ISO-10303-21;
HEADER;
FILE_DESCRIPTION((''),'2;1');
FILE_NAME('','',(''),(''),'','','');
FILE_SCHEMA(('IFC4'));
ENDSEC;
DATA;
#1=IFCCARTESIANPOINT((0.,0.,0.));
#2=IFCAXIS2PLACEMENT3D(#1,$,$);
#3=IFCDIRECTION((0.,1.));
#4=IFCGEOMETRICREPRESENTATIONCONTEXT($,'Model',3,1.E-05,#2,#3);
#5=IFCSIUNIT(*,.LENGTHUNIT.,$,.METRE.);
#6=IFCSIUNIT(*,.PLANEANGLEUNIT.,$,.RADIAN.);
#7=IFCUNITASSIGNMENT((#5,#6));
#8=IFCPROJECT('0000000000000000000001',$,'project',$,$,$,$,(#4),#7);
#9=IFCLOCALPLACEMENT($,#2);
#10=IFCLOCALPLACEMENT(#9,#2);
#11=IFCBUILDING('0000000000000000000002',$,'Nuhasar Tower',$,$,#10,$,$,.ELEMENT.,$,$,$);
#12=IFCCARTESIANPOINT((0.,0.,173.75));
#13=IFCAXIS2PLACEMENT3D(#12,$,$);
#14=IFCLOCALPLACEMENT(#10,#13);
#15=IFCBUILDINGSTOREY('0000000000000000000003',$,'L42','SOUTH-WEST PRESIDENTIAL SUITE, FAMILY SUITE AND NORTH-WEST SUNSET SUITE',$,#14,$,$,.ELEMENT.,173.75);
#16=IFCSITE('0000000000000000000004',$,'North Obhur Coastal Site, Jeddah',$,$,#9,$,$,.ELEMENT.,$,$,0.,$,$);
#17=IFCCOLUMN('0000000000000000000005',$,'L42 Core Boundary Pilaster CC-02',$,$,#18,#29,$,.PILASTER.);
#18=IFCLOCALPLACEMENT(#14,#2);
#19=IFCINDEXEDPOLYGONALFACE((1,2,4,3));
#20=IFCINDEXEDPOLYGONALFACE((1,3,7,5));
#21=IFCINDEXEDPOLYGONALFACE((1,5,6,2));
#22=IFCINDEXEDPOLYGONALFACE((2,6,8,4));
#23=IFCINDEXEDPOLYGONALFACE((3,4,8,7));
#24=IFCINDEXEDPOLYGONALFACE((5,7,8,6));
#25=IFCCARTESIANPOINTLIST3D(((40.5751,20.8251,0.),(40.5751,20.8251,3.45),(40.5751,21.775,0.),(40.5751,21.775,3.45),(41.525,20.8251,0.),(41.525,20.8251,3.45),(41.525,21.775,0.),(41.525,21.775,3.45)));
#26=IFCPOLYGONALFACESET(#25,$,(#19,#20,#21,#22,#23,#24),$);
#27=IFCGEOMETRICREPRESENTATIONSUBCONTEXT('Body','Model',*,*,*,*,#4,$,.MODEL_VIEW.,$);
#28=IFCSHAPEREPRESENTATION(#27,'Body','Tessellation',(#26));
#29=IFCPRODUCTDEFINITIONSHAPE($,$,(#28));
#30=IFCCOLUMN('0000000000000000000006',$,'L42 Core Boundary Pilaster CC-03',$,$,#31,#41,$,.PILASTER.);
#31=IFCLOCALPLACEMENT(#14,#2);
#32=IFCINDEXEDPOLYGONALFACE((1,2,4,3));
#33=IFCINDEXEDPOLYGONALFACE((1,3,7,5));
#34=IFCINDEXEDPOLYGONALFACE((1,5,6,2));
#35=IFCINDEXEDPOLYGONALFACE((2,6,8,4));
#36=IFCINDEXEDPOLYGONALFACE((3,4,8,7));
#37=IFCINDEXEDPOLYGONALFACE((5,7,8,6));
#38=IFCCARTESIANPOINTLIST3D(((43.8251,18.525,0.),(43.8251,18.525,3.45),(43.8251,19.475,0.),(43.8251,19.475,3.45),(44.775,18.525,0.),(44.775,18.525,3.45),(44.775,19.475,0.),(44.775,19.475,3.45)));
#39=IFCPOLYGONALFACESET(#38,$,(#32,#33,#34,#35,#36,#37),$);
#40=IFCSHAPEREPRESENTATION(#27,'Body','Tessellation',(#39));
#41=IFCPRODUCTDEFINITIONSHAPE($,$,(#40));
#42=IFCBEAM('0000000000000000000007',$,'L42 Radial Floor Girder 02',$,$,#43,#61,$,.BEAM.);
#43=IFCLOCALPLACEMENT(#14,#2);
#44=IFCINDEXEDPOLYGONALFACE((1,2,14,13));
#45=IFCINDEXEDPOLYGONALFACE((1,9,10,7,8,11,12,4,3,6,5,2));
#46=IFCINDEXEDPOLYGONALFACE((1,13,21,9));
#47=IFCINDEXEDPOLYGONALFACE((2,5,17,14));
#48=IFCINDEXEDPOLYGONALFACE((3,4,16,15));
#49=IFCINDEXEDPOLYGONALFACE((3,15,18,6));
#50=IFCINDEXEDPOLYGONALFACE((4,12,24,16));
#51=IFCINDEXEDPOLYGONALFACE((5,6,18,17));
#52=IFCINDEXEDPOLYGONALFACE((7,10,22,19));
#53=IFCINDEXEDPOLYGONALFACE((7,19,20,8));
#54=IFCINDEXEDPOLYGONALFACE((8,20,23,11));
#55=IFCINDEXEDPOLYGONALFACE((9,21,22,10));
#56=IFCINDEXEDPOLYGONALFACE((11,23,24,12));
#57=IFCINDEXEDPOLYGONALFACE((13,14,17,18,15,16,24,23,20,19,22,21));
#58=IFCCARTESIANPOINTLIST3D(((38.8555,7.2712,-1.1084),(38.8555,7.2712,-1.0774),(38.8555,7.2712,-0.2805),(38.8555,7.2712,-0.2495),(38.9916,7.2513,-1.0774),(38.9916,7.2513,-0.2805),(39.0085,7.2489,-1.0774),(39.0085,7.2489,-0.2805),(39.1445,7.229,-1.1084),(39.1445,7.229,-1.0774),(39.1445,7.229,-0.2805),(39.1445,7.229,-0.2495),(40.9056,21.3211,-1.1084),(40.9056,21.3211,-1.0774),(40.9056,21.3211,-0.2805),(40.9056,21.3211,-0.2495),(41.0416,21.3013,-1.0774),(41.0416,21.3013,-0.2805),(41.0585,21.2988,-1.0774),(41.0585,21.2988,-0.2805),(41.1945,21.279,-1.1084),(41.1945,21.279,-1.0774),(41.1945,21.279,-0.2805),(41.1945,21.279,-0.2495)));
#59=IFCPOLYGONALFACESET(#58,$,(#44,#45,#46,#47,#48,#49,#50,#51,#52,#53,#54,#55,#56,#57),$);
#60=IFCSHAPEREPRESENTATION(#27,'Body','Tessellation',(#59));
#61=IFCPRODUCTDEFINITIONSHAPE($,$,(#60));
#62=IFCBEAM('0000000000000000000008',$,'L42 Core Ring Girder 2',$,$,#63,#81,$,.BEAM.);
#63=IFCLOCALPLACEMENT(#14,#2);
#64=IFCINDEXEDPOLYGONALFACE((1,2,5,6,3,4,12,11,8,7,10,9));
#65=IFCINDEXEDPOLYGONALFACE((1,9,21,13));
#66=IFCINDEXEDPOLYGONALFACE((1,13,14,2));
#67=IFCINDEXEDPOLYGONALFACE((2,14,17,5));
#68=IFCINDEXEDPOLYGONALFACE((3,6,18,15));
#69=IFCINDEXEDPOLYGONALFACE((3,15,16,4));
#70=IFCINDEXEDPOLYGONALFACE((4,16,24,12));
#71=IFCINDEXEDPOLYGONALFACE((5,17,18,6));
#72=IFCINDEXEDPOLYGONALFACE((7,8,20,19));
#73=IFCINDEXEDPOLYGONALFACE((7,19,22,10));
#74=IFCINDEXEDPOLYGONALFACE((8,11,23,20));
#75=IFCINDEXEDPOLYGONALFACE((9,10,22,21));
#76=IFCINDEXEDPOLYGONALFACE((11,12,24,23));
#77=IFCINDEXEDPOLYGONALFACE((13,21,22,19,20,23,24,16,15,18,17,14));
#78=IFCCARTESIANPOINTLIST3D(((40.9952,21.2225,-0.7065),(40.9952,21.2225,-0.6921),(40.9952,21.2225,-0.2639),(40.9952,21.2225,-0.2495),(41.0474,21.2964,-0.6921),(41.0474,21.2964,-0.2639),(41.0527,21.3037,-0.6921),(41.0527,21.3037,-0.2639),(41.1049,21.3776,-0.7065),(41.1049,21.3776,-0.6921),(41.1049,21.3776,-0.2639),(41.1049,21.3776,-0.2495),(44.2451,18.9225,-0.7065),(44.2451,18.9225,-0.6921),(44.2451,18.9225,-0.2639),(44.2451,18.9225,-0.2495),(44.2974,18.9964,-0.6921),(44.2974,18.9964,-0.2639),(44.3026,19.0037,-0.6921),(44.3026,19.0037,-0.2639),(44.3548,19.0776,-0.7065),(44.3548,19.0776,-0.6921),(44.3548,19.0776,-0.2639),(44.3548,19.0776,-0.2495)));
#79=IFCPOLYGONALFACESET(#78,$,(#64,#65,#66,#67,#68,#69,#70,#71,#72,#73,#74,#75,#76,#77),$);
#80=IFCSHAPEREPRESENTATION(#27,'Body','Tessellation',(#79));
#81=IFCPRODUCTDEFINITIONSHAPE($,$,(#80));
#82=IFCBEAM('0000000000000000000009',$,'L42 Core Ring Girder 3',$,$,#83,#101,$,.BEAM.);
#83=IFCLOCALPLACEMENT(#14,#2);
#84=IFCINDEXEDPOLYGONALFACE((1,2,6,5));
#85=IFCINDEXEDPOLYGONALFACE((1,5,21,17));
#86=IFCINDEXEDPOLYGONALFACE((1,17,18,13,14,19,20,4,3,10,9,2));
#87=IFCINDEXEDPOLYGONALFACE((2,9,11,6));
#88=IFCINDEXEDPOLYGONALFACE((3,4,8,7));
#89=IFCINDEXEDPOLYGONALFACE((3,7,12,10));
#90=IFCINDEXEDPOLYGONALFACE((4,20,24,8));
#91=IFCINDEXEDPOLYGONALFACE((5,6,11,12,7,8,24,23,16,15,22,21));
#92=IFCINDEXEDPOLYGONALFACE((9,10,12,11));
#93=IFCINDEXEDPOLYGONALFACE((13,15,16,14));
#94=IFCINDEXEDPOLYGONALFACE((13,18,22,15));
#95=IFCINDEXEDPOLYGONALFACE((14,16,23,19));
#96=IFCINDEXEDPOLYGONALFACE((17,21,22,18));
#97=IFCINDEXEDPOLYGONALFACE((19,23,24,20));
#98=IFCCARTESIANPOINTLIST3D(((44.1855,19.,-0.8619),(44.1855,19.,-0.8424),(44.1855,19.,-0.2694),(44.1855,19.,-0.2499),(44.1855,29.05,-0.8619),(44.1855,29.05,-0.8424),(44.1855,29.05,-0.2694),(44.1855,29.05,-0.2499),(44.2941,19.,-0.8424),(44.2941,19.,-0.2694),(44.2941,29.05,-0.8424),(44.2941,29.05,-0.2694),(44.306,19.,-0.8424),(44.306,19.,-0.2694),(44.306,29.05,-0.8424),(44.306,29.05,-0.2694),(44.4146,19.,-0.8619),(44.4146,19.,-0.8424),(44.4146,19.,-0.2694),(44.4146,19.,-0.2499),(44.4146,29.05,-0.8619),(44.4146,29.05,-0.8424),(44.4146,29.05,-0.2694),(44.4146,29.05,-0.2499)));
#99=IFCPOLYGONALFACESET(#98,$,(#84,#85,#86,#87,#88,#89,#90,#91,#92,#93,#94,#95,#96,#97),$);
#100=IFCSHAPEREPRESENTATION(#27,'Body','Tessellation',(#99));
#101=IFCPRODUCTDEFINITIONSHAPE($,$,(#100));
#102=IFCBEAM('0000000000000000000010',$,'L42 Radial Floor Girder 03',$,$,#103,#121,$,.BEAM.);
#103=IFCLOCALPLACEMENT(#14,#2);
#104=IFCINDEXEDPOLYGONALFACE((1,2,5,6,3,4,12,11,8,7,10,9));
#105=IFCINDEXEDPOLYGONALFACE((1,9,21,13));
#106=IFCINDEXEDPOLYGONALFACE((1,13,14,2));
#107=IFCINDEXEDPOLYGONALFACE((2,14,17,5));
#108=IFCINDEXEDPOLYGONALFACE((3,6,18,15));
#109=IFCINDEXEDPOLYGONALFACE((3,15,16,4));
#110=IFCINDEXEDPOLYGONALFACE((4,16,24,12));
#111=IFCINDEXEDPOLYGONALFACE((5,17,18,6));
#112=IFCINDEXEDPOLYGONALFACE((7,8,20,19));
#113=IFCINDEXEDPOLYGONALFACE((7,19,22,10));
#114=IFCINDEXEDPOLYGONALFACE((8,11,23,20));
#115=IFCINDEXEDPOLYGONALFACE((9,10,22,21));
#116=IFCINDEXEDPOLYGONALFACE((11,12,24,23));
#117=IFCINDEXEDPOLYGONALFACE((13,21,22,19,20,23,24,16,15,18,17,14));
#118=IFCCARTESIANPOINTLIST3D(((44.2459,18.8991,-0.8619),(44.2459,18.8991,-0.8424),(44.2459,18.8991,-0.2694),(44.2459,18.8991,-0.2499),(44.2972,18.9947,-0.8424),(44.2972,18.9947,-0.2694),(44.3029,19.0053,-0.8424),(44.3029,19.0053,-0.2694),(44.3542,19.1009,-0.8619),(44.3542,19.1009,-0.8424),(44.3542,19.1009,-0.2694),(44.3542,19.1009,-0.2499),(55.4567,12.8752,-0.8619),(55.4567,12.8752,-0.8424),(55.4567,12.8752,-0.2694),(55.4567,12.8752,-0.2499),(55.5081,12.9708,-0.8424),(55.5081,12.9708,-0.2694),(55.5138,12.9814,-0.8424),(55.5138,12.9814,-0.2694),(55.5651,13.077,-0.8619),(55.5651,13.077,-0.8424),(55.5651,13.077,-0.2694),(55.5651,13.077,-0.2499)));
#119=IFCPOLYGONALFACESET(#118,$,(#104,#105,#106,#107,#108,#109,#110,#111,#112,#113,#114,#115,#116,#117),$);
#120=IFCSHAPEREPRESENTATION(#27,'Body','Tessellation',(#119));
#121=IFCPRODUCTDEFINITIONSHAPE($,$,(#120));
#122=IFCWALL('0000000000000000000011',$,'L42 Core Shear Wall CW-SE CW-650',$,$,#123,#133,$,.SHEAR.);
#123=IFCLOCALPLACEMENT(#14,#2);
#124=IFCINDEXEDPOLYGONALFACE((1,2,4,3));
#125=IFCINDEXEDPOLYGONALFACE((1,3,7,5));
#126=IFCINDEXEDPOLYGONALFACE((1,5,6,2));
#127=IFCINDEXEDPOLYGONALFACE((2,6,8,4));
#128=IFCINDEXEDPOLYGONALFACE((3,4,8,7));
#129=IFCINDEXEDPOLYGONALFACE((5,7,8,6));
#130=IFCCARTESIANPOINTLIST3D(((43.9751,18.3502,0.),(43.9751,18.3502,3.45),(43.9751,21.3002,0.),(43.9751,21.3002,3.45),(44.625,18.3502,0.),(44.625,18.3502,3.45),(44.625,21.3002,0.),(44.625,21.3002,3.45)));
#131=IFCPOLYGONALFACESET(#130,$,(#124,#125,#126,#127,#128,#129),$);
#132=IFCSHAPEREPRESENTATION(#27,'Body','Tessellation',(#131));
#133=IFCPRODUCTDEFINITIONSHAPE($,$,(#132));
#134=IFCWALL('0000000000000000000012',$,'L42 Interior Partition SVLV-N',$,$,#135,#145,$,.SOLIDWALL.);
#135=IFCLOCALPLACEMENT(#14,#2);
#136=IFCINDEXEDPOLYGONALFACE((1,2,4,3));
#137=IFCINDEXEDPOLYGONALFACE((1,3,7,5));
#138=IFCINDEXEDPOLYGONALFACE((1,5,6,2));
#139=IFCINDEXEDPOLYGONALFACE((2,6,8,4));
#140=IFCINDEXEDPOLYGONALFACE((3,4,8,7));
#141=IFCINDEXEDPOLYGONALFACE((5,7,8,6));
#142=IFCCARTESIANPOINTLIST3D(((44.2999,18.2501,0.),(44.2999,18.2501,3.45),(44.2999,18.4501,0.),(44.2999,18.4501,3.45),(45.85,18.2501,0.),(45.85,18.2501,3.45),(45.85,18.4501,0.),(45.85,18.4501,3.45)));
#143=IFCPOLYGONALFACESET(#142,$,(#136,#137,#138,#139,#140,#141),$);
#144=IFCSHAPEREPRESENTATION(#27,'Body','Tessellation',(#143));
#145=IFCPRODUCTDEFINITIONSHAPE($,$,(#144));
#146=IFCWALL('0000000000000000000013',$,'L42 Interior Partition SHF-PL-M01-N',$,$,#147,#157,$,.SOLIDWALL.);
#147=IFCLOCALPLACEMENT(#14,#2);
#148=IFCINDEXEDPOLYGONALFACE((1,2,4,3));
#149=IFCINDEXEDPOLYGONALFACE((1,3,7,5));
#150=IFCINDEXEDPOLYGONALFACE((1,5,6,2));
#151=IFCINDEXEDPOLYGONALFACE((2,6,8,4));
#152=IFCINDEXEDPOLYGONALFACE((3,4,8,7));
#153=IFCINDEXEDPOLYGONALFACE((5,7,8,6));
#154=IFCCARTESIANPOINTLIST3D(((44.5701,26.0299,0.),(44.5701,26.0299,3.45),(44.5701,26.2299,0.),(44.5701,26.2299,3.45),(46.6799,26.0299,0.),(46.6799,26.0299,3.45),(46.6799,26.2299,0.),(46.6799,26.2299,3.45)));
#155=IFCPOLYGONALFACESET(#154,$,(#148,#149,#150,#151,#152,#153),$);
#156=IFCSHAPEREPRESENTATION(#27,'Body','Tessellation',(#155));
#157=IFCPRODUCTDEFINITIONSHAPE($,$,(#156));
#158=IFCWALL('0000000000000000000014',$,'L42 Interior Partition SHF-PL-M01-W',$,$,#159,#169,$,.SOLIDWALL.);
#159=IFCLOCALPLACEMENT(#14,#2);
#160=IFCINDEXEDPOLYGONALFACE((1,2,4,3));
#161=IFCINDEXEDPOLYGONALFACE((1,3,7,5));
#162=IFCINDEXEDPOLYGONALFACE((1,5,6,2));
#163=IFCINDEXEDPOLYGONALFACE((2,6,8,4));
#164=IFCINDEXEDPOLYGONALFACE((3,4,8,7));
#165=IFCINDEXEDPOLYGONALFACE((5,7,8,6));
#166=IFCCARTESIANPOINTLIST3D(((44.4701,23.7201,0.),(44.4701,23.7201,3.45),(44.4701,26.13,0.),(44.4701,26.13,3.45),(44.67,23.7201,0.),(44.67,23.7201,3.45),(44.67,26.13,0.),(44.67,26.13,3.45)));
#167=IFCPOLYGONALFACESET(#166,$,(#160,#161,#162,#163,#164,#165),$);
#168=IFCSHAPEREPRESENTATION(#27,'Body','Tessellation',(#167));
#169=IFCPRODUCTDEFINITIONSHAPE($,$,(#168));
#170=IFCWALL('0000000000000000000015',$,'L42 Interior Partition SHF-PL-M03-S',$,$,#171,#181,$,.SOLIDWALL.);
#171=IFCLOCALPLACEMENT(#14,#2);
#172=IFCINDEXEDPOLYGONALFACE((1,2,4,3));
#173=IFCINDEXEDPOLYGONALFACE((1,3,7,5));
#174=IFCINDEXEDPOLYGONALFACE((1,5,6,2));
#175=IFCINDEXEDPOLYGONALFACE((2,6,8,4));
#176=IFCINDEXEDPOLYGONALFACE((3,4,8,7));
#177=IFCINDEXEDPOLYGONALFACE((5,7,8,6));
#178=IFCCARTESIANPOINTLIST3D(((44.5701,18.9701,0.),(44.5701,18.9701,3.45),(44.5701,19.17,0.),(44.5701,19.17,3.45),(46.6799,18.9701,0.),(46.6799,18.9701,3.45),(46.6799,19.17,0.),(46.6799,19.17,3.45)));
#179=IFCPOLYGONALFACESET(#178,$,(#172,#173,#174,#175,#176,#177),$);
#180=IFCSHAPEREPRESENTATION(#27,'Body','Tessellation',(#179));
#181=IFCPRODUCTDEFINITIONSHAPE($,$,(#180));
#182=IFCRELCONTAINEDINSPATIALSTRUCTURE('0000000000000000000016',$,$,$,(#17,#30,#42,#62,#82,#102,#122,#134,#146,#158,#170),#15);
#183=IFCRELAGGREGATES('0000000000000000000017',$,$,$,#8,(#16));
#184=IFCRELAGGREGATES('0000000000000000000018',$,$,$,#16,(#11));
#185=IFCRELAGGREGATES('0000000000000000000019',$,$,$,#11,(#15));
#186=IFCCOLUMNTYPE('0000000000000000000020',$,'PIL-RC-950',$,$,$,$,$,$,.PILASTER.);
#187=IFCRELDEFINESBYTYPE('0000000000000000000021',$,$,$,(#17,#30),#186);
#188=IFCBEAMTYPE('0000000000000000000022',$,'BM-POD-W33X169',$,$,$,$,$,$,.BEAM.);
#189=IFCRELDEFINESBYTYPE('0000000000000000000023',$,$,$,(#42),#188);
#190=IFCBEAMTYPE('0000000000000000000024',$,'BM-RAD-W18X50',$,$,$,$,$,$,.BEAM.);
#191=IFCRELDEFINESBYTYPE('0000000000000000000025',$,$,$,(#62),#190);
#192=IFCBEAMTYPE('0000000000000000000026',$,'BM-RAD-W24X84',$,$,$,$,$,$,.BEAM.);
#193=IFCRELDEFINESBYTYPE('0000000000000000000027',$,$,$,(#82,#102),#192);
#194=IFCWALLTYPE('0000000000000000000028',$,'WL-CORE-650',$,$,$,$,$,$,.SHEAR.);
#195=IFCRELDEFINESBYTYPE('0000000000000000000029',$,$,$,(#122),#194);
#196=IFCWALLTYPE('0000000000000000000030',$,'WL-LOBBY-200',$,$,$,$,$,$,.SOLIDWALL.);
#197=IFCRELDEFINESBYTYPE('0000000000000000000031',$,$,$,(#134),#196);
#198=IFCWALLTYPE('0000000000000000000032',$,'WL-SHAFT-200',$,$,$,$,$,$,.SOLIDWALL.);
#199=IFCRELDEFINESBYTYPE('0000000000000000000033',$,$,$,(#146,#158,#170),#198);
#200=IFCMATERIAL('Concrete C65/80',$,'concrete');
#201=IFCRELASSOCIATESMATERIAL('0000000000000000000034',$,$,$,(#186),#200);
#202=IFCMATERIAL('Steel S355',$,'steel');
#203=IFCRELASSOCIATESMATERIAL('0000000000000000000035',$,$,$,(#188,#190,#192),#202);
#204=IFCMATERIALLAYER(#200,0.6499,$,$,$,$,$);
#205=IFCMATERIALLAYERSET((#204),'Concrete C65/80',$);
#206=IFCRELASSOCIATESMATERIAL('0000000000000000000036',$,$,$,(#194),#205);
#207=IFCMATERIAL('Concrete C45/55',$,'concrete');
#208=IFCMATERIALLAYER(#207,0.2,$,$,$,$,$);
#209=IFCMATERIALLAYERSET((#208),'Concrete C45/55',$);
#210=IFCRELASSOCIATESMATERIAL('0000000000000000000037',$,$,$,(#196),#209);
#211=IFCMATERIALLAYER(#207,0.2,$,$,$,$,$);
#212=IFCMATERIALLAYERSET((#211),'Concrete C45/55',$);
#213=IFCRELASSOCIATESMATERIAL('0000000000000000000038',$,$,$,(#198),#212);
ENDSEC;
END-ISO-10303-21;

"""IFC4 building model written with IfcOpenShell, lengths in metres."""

from ifc_helpers import new_model, si_unit, direction, frame, frame_2d, origin, origin_2d, place, context, subcontext, project, spatial, rectangle, i_section, extrude, material, layer, layer_set, material_profile, profile_set, type_object, element, save


model = new_model("IFC4")

# Units and contexts
model_context = context("Model", 3, precision=1e-05, world=origin(), true_north=direction((0.0, 1.0)))
body_context = subcontext(model_context, "Body", "Model", "MODEL_VIEW")
ifc_project = project(units=[si_unit("LENGTHUNIT", "METRE"), si_unit("PLANEANGLEUNIT", "RADIAN")], contexts=[model_context])

# Site, building, storey
site_placement = place(None, origin())
site = spatial("IfcSite", under=ifc_project, at=site_placement, Name="North Obhur Coastal Site, Jeddah", CompositionType="ELEMENT", RefElevation=0.0)
building_placement = place(site_placement, origin())
building = spatial("IfcBuilding", under=site, at=building_placement, Name="Nuhasar Tower", CompositionType="ELEMENT")
storey_placement = place(building_placement, frame((0.0, 0.0, 173.75)))
storey = spatial("IfcBuildingStorey", under=building, at=storey_placement, Name="L42", Description="SOUTH-WEST PRESIDENTIAL SUITE, FAMILY SUITE AND NORTH-WEST SUNSET SUITE", CompositionType="ELEMENT", Elevation=173.75)

# Columns
ifc_material_1 = material(Name="Concrete C65/80", Category="concrete")
ifc_material_profile_1 = material_profile(ifc_material_1, rectangle(XDim=0.95, YDim=0.95, at=origin_2d()), Name="RC950X950")
ifc_profile_set_1 = profile_set([ifc_material_profile_1], Name="Concrete C65/80")
column_type = type_object("IfcColumnType", Name="PIL-RC-950", PredefinedType="PILASTER", material=ifc_profile_set_1)
for number, where, z_axis, x_axis, name in (
    (1, (41.05, 21.3, 0.0), (0.0, 0.0, 1.0), (1.0, 0.0, 0.0), "L42 Core Boundary Pilaster CC-02"),
    (2, (44.3, 19.0, 0.0), (0.0, 0.0, 1.0), (1.0, 0.0, 0.0), "L42 Core Boundary Pilaster CC-03"),
):
    element("IfcColumn", number, at=place(storey_placement, frame(where, z_axis=z_axis, x_axis=x_axis)), inside=storey, type_object=column_type, Name=name, PredefinedType="PILASTER", context=body_context, shape_type="SweptSolid", body=[
        extrude(rectangle(XDim=0.95, YDim=0.95, at=origin_2d()), origin(), (0.0, 0.0, 1.0), 3.45),
    ])

# Beams
ifc_material_2 = material(Name="Steel S355", Category="steel")
ifc_material_profile_2 = material_profile(ifc_material_2, i_section(OverallWidth=0.292, OverallDepth=0.8589, WebThickness=0.0171, FlangeThickness=0.031, at=origin_2d()), Name="W33X169")
ifc_profile_set_2 = profile_set([ifc_material_profile_2], Name="Steel S355")
beam_type_1 = type_object("IfcBeamType", Name="BM-POD-W33X169", PredefinedType="BEAM", material=ifc_profile_set_2)
beam_1_placement = place(storey_placement, frame((41.05, 21.3, -0.679), z_axis=(-0.144382, -0.989522, 0.0), x_axis=(0.989522, -0.144382, 0.0)))
element("IfcBeam", 3, at=beam_1_placement, inside=storey, type_object=beam_type_1, Name="L42 Radial Floor Girder 02", PredefinedType="BEAM", context=body_context, shape_type="SweptSolid", body=[
    extrude(i_section(OverallWidth=0.292, OverallDepth=0.8589, WebThickness=0.0171, FlangeThickness=0.031, at=origin_2d()), origin(), (0.0, 0.0, 1.0), 14.1987),
])
ifc_material_profile_3 = material_profile(ifc_material_2, i_section(OverallWidth=0.1899, OverallDepth=0.457, WebThickness=0.009, FlangeThickness=0.0144, at=origin_2d()), Name="W18X50")
ifc_profile_set_3 = profile_set([ifc_material_profile_3], Name="Steel S355")
beam_type_2 = type_object("IfcBeamType", Name="BM-RAD-W18X50", PredefinedType="BEAM", material=ifc_profile_set_3)
beam_2_placement = place(storey_placement, frame((41.05, 21.3, -0.478), z_axis=(0.816265, -0.577677, 0.0), x_axis=(0.577677, 0.816265, 0.0)))
element("IfcBeam", 4, at=beam_2_placement, inside=storey, type_object=beam_type_2, Name="L42 Core Ring Girder 2", PredefinedType="BEAM", context=body_context, shape_type="SweptSolid", body=[
    extrude(i_section(OverallWidth=0.1899, OverallDepth=0.457, WebThickness=0.009, FlangeThickness=0.0144, at=origin_2d()), origin(), (0.0, 0.0, 1.0), 3.9814),
])
ifc_material_profile_4 = material_profile(ifc_material_2, i_section(OverallWidth=0.229, OverallDepth=0.6121, WebThickness=0.012, FlangeThickness=0.0195, at=origin_2d()), Name="W24X84")
ifc_profile_set_4 = profile_set([ifc_material_profile_4], Name="Steel S355")
beam_type_3 = type_object("IfcBeamType", Name="BM-RAD-W24X84", PredefinedType="BEAM", material=ifc_profile_set_4)
beam_3_placement = place(storey_placement, frame((44.3, 19.0, -0.5559), z_axis=(0.0, 1.0, 0.0), x_axis=(-1.0, 0.0, 0.0)))
element("IfcBeam", 5, at=beam_3_placement, inside=storey, type_object=beam_type_3, Name="L42 Core Ring Girder 3", PredefinedType="BEAM", context=body_context, shape_type="SweptSolid", body=[
    extrude(i_section(OverallWidth=0.229, OverallDepth=0.6121, WebThickness=0.012, FlangeThickness=0.0195, at=origin_2d()), origin(), (0.0, 0.0, 1.0), 10.05),
])
beam_4_placement = place(storey_placement, frame((44.3, 19.0, -0.5559), z_axis=(0.880888, -0.473324, 0.0), x_axis=(0.473324, 0.880888, 0.0)))
element("IfcBeam", 6, at=beam_4_placement, inside=storey, type_object=beam_type_3, Name="L42 Radial Floor Girder 03", PredefinedType="BEAM", context=body_context, shape_type="SweptSolid", body=[
    extrude(i_section(OverallWidth=0.229, OverallDepth=0.6121, WebThickness=0.012, FlangeThickness=0.0195, at=origin_2d()), origin(), (0.0, 0.0, 1.0), 12.7268),
])

# Wall
ifc_layer_1 = layer(ifc_material_1, 0.6499)
ifc_layer_set_1 = layer_set([ifc_layer_1], Name="Concrete C65/80")
wall_type_1 = type_object("IfcWallType", Name="WL-CORE-650", PredefinedType="SHEAR", material=ifc_layer_set_1)
wall_1_placement = place(storey_placement, frame((44.3, 18.3501, 0.0), z_axis=(0.0, 0.0, 1.0), x_axis=(0.0, 1.0, 0.0)))
element("IfcWall", 7, at=wall_1_placement, inside=storey, type_object=wall_type_1, Name="L42 Core Shear Wall CW-SE CW-650", PredefinedType="SHEAR", context=body_context, shape_type="SweptSolid", body=[
    extrude(rectangle(XDim=2.95, YDim=0.6499, at=frame_2d((1.4751, 0.0))), origin(), (0.0, 0.0, 1.0), 3.45),
])

# Shared definitions
ifc_material_3 = material(Name="Concrete C45/55", Category="concrete")
ifc_layer_2 = layer(ifc_material_3, 0.2)
ifc_layer_set_2 = layer_set([ifc_layer_2], Name="Concrete C45/55")
wall_type_2 = type_object("IfcWallType", Name="WL-LOBBY-200", PredefinedType="SOLIDWALL", material=ifc_layer_set_2)

# Wall
wall_2_placement = place(storey_placement, frame((44.3, 18.3501, 0.0), z_axis=(0.0, 0.0, 1.0), x_axis=(1.0, 0.0, 0.0)))
element("IfcWall", 8, at=wall_2_placement, inside=storey, type_object=wall_type_2, Name="L42 Interior Partition SVLV-N", PredefinedType="SOLIDWALL", context=body_context, shape_type="SweptSolid", body=[
    extrude(rectangle(XDim=1.55, YDim=0.2, at=frame_2d((0.7749, 0.0))), origin(), (0.0, 0.0, 1.0), 3.45),
])

# Shared definitions
ifc_layer_3 = layer(ifc_material_3, 0.2)
ifc_layer_set_3 = layer_set([ifc_layer_3], Name="Concrete C45/55")
wall_type_3 = type_object("IfcWallType", Name="WL-SHAFT-200", PredefinedType="SOLIDWALL", material=ifc_layer_set_3)

# Walls
wall_3_placement = place(storey_placement, frame((44.5701, 26.1299, 0.0), z_axis=(0.0, 0.0, 1.0), x_axis=(1.0, 0.0, 0.0)))
element("IfcWall", 9, at=wall_3_placement, inside=storey, type_object=wall_type_3, Name="L42 Interior Partition SHF-PL-M01-N", PredefinedType="SOLIDWALL", context=body_context, shape_type="SweptSolid", body=[
    extrude(rectangle(XDim=2.1099, YDim=0.2, at=frame_2d((1.0549, 0.0))), origin(), (0.0, 0.0, 1.0), 3.45),
])
wall_4_placement = place(storey_placement, frame((44.5701, 23.72, 0.0), z_axis=(0.0, 0.0, 1.0), x_axis=(0.0, 1.0, 0.0)))
element("IfcWall", 10, at=wall_4_placement, inside=storey, type_object=wall_type_3, Name="L42 Interior Partition SHF-PL-M01-W", PredefinedType="SOLIDWALL", context=body_context, shape_type="SweptSolid", body=[
    extrude(rectangle(XDim=2.4099, YDim=0.2, at=frame_2d((1.2051, 0.0))), origin(), (0.0, 0.0, 1.0), 3.45),
])
wall_5_placement = place(storey_placement, frame((44.5701, 19.0701, 0.0), z_axis=(0.0, 0.0, 1.0), x_axis=(1.0, 0.0, 0.0)))
element("IfcWall", 11, at=wall_5_placement, inside=storey, type_object=wall_type_3, Name="L42 Interior Partition SHF-PL-M03-S", PredefinedType="SOLIDWALL", context=body_context, shape_type="SweptSolid", body=[
    extrude(rectangle(XDim=2.1099, YDim=0.2, at=frame_2d((1.0549, 0.0))), origin(), (0.0, 0.0, 1.0), 3.45),
])

save(model, "model.ifc")
